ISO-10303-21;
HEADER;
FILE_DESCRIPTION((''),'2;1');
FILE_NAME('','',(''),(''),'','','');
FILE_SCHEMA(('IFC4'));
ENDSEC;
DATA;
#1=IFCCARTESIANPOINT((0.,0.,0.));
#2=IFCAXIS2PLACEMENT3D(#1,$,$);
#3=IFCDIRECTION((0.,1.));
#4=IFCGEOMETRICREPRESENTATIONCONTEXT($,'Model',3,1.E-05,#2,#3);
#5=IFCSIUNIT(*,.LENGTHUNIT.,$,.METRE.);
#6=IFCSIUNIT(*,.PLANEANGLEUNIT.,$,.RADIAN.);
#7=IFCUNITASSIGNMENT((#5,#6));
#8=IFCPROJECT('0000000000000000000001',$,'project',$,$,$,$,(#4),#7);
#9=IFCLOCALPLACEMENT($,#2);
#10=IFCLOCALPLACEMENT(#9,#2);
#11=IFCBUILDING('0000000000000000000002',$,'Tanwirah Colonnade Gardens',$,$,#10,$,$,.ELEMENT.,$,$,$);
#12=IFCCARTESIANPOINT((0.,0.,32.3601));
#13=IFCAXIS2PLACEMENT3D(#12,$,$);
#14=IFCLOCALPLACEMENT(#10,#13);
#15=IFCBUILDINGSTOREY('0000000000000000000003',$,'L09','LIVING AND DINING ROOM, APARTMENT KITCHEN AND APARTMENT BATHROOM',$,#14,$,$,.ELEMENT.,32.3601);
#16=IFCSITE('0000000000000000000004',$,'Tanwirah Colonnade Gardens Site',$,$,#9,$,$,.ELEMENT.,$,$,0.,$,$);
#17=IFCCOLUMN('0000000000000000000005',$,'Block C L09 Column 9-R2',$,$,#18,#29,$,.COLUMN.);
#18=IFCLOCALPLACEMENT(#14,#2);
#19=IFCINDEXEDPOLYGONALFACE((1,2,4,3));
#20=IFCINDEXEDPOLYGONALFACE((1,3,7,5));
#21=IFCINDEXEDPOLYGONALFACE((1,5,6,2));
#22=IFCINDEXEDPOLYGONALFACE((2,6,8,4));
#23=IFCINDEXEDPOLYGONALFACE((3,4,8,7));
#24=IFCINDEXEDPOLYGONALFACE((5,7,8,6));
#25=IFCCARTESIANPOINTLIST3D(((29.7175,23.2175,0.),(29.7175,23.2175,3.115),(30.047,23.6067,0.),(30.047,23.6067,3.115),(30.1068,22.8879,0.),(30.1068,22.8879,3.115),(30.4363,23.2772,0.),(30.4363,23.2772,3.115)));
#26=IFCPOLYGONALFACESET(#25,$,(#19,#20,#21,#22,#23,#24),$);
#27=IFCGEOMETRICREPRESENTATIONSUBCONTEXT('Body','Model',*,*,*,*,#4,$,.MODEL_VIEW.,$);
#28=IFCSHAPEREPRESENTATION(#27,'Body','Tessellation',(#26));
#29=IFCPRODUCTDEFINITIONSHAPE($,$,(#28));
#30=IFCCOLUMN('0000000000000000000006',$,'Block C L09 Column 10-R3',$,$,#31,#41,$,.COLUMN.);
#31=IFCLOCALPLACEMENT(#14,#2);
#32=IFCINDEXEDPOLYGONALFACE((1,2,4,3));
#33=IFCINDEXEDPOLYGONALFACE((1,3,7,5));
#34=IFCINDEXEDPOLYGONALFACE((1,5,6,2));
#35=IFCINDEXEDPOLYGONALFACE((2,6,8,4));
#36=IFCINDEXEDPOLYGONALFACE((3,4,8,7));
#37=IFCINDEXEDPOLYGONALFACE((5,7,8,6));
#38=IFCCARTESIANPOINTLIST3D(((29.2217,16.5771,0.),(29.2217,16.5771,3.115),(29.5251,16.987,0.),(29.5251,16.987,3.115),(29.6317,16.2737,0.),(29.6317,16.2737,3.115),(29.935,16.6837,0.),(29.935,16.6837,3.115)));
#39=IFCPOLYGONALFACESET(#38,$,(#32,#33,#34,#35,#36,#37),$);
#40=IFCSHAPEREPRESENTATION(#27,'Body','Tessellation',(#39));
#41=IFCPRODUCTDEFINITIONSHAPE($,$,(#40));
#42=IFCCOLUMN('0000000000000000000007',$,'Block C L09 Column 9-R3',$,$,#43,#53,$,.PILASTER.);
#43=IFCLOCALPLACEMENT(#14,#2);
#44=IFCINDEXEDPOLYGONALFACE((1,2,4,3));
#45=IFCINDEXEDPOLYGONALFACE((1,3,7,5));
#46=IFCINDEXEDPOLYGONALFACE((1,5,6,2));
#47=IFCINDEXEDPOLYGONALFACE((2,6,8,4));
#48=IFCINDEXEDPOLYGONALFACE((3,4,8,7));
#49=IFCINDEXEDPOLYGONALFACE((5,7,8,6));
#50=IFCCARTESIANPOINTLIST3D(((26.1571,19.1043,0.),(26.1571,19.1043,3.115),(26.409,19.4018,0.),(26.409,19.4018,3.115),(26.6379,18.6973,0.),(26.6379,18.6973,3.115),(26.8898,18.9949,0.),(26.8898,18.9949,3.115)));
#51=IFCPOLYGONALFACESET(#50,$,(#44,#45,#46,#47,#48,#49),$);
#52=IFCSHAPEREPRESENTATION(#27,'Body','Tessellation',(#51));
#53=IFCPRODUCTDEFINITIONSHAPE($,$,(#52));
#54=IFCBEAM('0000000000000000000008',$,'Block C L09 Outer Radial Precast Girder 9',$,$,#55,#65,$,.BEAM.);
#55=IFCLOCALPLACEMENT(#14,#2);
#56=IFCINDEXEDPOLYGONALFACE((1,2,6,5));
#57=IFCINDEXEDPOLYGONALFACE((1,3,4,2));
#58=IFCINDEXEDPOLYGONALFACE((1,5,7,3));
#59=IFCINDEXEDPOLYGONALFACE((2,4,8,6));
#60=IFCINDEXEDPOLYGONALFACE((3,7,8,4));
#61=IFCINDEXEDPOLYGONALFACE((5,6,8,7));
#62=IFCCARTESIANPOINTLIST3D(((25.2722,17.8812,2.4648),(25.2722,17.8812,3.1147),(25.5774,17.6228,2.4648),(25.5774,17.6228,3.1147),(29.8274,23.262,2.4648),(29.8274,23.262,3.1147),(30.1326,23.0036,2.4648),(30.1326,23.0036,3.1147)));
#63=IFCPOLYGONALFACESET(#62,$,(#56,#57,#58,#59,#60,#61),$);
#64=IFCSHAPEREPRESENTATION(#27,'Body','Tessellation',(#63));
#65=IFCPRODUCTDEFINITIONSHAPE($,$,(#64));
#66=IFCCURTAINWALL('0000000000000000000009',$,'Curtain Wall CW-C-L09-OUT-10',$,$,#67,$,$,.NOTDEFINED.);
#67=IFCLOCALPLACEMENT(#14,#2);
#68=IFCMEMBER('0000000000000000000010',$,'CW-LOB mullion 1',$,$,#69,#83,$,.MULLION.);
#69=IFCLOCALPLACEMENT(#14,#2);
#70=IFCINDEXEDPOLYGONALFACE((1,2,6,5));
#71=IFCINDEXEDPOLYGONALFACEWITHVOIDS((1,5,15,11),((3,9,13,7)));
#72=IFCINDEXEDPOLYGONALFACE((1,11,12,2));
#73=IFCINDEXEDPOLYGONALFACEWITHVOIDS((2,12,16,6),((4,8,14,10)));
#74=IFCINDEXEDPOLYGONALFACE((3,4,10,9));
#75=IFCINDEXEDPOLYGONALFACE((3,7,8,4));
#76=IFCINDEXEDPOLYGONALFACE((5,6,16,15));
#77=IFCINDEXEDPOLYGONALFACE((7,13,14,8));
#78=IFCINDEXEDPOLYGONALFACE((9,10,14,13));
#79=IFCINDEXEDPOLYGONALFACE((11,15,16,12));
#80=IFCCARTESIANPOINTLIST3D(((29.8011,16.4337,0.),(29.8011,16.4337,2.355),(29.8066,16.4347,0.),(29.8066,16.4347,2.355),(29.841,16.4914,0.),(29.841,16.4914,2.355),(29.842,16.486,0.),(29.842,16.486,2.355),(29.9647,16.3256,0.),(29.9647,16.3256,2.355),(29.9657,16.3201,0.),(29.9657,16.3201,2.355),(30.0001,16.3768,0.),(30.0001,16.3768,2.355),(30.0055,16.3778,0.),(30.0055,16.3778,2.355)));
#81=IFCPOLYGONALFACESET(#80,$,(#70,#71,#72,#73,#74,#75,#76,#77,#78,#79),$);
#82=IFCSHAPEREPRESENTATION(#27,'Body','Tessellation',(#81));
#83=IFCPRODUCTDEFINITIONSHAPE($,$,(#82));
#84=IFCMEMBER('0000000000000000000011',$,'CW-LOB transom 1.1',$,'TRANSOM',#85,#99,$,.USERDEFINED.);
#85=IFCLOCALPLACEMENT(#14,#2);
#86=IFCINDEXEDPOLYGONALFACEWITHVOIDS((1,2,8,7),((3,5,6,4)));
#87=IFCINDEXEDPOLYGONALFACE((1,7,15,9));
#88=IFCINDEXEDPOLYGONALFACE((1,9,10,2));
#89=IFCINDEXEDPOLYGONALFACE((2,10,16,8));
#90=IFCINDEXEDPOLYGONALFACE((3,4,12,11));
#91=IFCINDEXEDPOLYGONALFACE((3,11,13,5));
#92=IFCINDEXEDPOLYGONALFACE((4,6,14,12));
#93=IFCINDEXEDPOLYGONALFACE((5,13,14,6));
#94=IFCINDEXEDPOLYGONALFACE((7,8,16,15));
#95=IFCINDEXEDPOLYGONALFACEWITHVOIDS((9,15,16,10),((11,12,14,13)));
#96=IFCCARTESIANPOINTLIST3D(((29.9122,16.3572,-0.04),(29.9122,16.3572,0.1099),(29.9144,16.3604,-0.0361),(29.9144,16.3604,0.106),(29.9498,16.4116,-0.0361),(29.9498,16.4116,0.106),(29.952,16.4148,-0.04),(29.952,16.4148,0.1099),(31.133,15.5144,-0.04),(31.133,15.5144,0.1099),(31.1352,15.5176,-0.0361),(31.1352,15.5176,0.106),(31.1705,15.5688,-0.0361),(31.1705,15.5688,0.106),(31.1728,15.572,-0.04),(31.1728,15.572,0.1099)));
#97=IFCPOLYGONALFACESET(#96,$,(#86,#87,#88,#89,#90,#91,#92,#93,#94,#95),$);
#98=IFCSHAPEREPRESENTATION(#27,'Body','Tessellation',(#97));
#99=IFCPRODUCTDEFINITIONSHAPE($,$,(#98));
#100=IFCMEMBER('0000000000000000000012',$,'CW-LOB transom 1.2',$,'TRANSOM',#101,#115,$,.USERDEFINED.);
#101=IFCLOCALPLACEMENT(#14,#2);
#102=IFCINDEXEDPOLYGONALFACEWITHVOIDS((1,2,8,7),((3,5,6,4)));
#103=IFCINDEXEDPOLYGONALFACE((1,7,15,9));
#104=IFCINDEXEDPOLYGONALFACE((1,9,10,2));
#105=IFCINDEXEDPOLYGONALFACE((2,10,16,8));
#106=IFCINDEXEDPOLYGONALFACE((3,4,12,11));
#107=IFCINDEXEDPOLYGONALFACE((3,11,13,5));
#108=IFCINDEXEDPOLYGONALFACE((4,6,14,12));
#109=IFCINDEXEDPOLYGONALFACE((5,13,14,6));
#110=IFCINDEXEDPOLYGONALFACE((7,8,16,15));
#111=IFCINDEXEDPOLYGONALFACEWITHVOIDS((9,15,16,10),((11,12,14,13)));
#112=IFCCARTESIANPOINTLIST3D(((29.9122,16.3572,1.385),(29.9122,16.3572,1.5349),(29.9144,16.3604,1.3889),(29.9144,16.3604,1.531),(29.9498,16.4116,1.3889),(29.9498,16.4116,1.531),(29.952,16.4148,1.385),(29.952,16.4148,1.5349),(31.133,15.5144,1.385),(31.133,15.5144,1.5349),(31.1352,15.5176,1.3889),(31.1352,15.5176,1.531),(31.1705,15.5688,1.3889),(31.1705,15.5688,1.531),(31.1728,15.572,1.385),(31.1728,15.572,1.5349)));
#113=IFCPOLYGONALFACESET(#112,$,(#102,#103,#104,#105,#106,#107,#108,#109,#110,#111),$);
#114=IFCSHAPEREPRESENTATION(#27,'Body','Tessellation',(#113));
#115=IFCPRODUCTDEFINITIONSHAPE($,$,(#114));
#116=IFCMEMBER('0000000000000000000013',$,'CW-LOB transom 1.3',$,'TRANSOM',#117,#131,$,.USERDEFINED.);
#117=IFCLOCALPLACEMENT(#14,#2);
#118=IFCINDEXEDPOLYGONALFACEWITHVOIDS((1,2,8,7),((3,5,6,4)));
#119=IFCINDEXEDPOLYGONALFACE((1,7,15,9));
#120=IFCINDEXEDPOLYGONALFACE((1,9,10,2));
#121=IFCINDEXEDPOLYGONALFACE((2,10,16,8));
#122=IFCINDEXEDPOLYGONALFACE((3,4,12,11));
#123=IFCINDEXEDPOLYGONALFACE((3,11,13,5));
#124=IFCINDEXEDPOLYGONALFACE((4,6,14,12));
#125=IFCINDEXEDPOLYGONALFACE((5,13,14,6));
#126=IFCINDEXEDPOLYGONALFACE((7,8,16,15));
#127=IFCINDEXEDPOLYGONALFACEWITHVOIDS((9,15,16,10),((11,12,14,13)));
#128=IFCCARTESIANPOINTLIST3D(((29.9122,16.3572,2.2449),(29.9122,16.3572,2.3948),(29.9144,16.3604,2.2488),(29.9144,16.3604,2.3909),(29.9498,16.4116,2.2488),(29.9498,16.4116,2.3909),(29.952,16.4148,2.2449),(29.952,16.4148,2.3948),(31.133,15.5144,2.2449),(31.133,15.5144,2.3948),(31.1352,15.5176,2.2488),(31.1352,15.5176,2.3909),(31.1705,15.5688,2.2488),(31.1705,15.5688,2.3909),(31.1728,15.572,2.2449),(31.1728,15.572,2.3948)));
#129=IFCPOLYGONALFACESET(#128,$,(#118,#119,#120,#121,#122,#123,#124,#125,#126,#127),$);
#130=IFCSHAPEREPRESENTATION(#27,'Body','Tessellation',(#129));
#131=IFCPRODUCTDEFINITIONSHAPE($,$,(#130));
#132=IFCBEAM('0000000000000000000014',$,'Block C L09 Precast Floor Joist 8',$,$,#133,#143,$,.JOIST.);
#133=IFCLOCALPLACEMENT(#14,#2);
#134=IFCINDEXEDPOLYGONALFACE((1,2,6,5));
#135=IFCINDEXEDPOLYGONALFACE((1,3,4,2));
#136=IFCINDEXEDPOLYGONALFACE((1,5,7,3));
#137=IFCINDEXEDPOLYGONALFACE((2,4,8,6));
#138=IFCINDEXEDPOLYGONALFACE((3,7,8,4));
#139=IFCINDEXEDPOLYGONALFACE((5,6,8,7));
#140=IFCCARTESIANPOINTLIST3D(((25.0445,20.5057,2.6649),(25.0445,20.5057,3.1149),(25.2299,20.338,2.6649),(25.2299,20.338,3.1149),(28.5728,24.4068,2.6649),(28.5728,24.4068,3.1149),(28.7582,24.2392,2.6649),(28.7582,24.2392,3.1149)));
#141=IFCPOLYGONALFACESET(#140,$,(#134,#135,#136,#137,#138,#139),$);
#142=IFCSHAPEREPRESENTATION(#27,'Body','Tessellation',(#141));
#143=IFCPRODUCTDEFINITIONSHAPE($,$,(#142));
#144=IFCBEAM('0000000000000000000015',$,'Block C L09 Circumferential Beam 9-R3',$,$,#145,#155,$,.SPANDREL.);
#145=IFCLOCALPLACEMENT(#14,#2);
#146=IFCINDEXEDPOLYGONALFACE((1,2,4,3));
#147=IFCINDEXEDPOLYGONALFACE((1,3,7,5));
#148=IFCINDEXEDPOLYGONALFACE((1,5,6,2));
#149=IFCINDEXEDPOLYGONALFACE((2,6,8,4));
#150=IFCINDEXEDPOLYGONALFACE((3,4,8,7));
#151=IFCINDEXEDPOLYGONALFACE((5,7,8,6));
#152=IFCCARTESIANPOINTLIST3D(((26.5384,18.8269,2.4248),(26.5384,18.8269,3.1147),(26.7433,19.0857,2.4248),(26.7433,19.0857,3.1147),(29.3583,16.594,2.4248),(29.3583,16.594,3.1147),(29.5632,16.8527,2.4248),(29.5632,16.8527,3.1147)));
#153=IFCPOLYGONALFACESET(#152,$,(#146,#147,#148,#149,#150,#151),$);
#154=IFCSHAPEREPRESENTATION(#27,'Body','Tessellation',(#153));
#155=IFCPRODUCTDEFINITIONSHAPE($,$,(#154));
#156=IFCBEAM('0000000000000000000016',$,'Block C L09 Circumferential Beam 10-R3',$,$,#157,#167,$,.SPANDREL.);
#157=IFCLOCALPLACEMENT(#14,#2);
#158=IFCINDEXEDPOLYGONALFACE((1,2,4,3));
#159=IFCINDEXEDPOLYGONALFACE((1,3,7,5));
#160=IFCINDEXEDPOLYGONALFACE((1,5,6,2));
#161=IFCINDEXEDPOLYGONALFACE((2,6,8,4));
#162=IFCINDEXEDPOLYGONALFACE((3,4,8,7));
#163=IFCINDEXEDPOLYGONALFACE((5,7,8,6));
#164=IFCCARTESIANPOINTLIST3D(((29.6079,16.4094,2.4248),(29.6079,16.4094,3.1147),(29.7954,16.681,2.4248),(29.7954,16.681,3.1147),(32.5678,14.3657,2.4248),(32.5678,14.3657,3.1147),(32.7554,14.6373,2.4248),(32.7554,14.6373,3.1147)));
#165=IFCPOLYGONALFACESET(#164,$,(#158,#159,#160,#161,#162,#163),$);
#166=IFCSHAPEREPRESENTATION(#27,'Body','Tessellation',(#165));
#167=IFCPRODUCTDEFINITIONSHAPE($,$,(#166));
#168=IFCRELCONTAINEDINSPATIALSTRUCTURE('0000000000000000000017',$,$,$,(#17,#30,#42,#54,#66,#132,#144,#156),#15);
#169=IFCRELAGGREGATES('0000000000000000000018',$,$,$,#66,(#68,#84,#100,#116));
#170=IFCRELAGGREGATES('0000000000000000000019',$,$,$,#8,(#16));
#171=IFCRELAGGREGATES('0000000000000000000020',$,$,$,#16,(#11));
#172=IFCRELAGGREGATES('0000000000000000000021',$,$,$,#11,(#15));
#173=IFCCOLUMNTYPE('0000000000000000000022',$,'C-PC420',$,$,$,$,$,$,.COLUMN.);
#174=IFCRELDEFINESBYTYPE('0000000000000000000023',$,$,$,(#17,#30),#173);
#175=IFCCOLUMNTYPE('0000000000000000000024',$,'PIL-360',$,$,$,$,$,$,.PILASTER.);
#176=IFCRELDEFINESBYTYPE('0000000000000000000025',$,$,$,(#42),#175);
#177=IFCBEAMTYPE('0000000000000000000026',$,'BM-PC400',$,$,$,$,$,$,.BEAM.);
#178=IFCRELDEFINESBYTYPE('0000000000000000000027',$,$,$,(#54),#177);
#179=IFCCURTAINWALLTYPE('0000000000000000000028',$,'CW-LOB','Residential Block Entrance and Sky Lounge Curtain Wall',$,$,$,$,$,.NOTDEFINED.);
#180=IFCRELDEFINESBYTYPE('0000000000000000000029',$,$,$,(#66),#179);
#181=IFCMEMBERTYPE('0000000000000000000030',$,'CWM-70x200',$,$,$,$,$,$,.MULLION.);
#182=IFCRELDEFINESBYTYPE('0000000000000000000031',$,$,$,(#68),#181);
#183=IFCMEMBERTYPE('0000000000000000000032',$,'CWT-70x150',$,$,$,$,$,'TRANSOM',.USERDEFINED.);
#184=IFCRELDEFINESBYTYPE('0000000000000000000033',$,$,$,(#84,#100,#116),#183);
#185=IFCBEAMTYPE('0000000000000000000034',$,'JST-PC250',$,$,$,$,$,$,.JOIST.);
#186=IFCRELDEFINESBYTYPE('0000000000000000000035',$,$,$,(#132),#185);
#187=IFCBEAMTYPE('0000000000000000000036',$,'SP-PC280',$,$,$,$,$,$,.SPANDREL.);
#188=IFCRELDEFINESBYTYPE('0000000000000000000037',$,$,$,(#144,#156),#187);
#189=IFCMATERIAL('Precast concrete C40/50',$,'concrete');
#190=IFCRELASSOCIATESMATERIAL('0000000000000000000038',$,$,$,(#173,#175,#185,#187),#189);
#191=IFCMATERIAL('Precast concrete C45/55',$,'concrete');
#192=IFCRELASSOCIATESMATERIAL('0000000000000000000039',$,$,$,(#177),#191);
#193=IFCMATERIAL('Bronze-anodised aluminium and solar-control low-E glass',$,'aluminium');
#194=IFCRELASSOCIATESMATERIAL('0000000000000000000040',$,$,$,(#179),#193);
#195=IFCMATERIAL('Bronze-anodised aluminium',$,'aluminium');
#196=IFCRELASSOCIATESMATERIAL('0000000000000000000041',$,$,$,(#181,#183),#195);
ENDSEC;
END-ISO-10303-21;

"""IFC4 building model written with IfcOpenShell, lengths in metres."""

from ifc_helpers import new_model, si_unit, direction, frame, origin, origin_2d, place, context, subcontext, project, spatial, rectangle, hollow_rectangle, extrude, material, material_profile, profile_set, type_object, element, aggregate, save


model = new_model("IFC4")

# Units and contexts
model_context = context("Model", 3, precision=1e-05, world=origin(), true_north=direction((0.0, 1.0)))
body_context = subcontext(model_context, "Body", "Model", "MODEL_VIEW")
ifc_project = project(units=[si_unit("LENGTHUNIT", "METRE"), si_unit("PLANEANGLEUNIT", "RADIAN")], contexts=[model_context])

# Site, building, storey
site_placement = place(None, origin())
site = spatial("IfcSite", under=ifc_project, at=site_placement, Name="Tanwirah Colonnade Gardens Site", CompositionType="ELEMENT", RefElevation=0.0)
building_placement = place(site_placement, origin())
building = spatial("IfcBuilding", under=site, at=building_placement, Name="Tanwirah Colonnade Gardens", CompositionType="ELEMENT")
storey_placement = place(building_placement, frame((0.0, 0.0, 32.3601)))
storey = spatial("IfcBuildingStorey", under=building, at=storey_placement, Name="L09", Description="LIVING AND DINING ROOM, APARTMENT KITCHEN AND APARTMENT BATHROOM", CompositionType="ELEMENT", Elevation=32.3601)

# Columns
ifc_material_1 = material(Name="Precast concrete C40/50", Category="concrete")
ifc_material_profile_1 = material_profile(ifc_material_1, rectangle(XDim=0.51, YDim=0.51, at=origin_2d()), Name="PC-COL 510x510")
ifc_profile_set_1 = profile_set([ifc_material_profile_1], Name="Precast concrete C40/50")
column_type_1 = type_object("IfcColumnType", Name="C-PC420", PredefinedType="COLUMN", material=ifc_profile_set_1)
for number, where, z_axis, x_axis, name in (
    (1, (30.0769, 23.2473, 0.0), (0.0, 0.0, 1.0), (-0.646124, -0.763232, 0.0), "Block C L09 Column 9-R2"),
    (2, (29.5784, 16.6304, 0.0), (0.0, 0.0, 1.0), (-0.594823, -0.803857, 0.0), "Block C L09 Column 10-R3"),
):
    element("IfcColumn", number, at=place(storey_placement, frame(where, z_axis=z_axis, x_axis=x_axis)), inside=storey, type_object=column_type_1, Name=name, PredefinedType="COLUMN", context=body_context, shape_type="SweptSolid", body=[
        extrude(rectangle(XDim=0.51, YDim=0.51, at=origin_2d()), origin(), (0.0, 0.0, 1.0), 3.115),
    ])
ifc_material_profile_2 = material_profile(ifc_material_1, rectangle(XDim=0.3899, YDim=0.6299, at=origin_2d()), Name="PC-PIL 390x630")
ifc_profile_set_2 = profile_set([ifc_material_profile_2], Name="Precast concrete C40/50")
column_type_2 = type_object("IfcColumnType", Name="PIL-360", PredefinedType="PILASTER", material=ifc_profile_set_2)
column_placement = place(storey_placement, frame((26.5234, 19.0496, 0.0), z_axis=(0.0, 0.0, 1.0), x_axis=(-0.646124, -0.763232, 0.0)))
element("IfcColumn", 3, at=column_placement, inside=storey, type_object=column_type_2, Name="Block C L09 Column 9-R3", PredefinedType="PILASTER", context=body_context, shape_type="SweptSolid", body=[
    extrude(rectangle(XDim=0.3899, YDim=0.6299, at=origin_2d()), origin(), (0.0, 0.0, 1.0), 3.115),
])

# Beam
ifc_material_2 = material(Name="Precast concrete C45/55", Category="concrete")
ifc_material_profile_3 = material_profile(ifc_material_2, rectangle(XDim=0.3999, YDim=0.6499, at=origin_2d()), Name="PC-BM 400x650")
ifc_profile_set_3 = profile_set([ifc_material_profile_3], Name="Precast concrete C45/55")
beam_type_1 = type_object("IfcBeamType", Name="BM-PC400", PredefinedType="BEAM", material=ifc_profile_set_3)
beam_1_placement = place(storey_placement, frame((29.98, 23.1328, 2.7898), z_axis=(-0.646119, -0.763237, 0.0), x_axis=(0.763237, -0.646119, 0.0)))
element("IfcBeam", 4, at=beam_1_placement, inside=storey, type_object=beam_type_1, Name="Block C L09 Outer Radial Precast Girder 9", PredefinedType="BEAM", context=body_context, shape_type="SweptSolid", body=[
    extrude(rectangle(XDim=0.3999, YDim=0.6499, at=origin_2d()), origin(), (0.0, 0.0, 1.0), 7.05),
])

# Curtain wall, members
ifc_material_3 = material(Name="Bronze-anodised aluminium and solar-control low-E glass", Category="aluminium")
curtain_wall_type = type_object("IfcCurtainWallType", Name="CW-LOB", Description="Residential Block Entrance and Sky Lounge Curtain Wall", PredefinedType="NOTDEFINED", material=ifc_material_3)
curtain_wall_placement = place(storey_placement, origin())
curtain_wall = element("IfcCurtainWall", 5, at=curtain_wall_placement, inside=storey, type_object=curtain_wall_type, Name="Curtain Wall CW-C-L09-OUT-10", PredefinedType="NOTDEFINED")
ifc_material_4 = material(Name="Bronze-anodised aluminium", Category="aluminium")
ifc_material_profile_4 = material_profile(ifc_material_4, hollow_rectangle(XDim=0.0701, YDim=0.2, WallThickness=0.0039, at=origin_2d()), Name="CW-MUL 70x200x4")
ifc_profile_set_4 = profile_set([ifc_material_profile_4], Name="Bronze-anodised aluminium")
member_type_1 = type_object("IfcMemberType", Name="CWM-70x200", PredefinedType="MULLION", material=ifc_profile_set_4)
member_1_placement = place(storey_placement, frame((29.9033, 16.4058, 0.0), z_axis=(0.0, 0.0, 1.0), x_axis=(0.568202, 0.822889, 0.0)))
member_1 = element("IfcMember", 6, at=member_1_placement, type_object=member_type_1, Name="CW-LOB mullion 1", PredefinedType="MULLION", context=body_context, shape_type="SweptSolid", body=[
    extrude(hollow_rectangle(XDim=0.0701, YDim=0.2, WallThickness=0.0039, at=origin_2d()), origin(), (0.0, 0.0, 1.0), 2.355),
])
ifc_material_profile_5 = material_profile(ifc_material_4, hollow_rectangle(XDim=0.0701, YDim=0.1499, WallThickness=0.0039, at=origin_2d()), Name="CW-TRN 70x150x4")
ifc_profile_set_5 = profile_set([ifc_material_profile_5], Name="Bronze-anodised aluminium")
member_type_2 = type_object("IfcMemberType", Name="CWT-70x150", ElementType="TRANSOM", PredefinedType="USERDEFINED", material=ifc_profile_set_5)
member_2_placement = place(storey_placement, frame((29.9321, 16.386, 0.0349), z_axis=(0.822926, -0.568148, 0.0), x_axis=(0.568148, 0.822926, 0.0)))
member_2 = element("IfcMember", 7, at=member_2_placement, type_object=member_type_2, Name="CW-LOB transom 1.1", ObjectType="TRANSOM", PredefinedType="USERDEFINED", context=body_context, shape_type="SweptSolid", body=[
    extrude(hollow_rectangle(XDim=0.0701, YDim=0.1499, WallThickness=0.0039, at=origin_2d()), origin(), (0.0, 0.0, 1.0), 1.4834),
])
member_3_placement = place(storey_placement, frame((29.9321, 16.386, 1.46), z_axis=(0.822926, -0.568148, 0.0), x_axis=(0.568148, 0.822926, 0.0)))
member_3 = element("IfcMember", 8, at=member_3_placement, type_object=member_type_2, Name="CW-LOB transom 1.2", ObjectType="TRANSOM", PredefinedType="USERDEFINED", context=body_context, shape_type="SweptSolid", body=[
    extrude(hollow_rectangle(XDim=0.0701, YDim=0.1499, WallThickness=0.0039, at=origin_2d()), origin(), (0.0, 0.0, 1.0), 1.4834),
])
member_4_placement = place(storey_placement, frame((29.9321, 16.386, 2.3198), z_axis=(0.822926, -0.568148, 0.0), x_axis=(0.568148, 0.822926, 0.0)))
member_4 = element("IfcMember", 9, at=member_4_placement, type_object=member_type_2, Name="CW-LOB transom 1.3", ObjectType="TRANSOM", PredefinedType="USERDEFINED", context=body_context, shape_type="SweptSolid", body=[
    extrude(hollow_rectangle(XDim=0.0701, YDim=0.1499, WallThickness=0.0039, at=origin_2d()), origin(), (0.0, 0.0, 1.0), 1.4834),
])
aggregate(curtain_wall, [member_1, member_2, member_3, member_4])

# Beams
ifc_material_profile_6 = material_profile(ifc_material_1, rectangle(XDim=0.25, YDim=0.45, at=origin_2d()), Name="PC-JST 250x450")
ifc_profile_set_6 = profile_set([ifc_material_profile_6], Name="Precast concrete C40/50")
beam_type_2 = type_object("IfcBeamType", Name="JST-PC250", PredefinedType="JOIST", material=ifc_profile_set_6)
beam_2_placement = place(storey_placement, frame((28.6655, 24.323, 2.8899), z_axis=(-0.670781, -0.741656, 0.0), x_axis=(0.741656, -0.670781, 0.0)))
element("IfcBeam", 10, at=beam_2_placement, inside=storey, type_object=beam_type_2, Name="Block C L09 Precast Floor Joist 8", PredefinedType="JOIST", context=body_context, shape_type="SweptSolid", body=[
    extrude(rectangle(XDim=0.25, YDim=0.45, at=origin_2d()), origin(), (0.0, 0.0, 1.0), 5.26),
])
ifc_material_profile_7 = material_profile(ifc_material_1, rectangle(XDim=0.3301, YDim=0.6899, at=origin_2d()), Name="PC-SP 330x690")
ifc_profile_set_7 = profile_set([ifc_material_profile_7], Name="Precast concrete C40/50")
beam_type_3 = type_object("IfcBeamType", Name="SP-PC280", PredefinedType="SPANDREL", material=ifc_profile_set_7)
for number, where, z_axis, x_axis, name in (
    (11, (26.6409, 18.9563, 2.7698), (0.783971, -0.620797, 0.0), (0.620797, 0.783971, 0.0), "Block C L09 Circumferential Beam 9-R3"),
    (12, (29.7017, 16.5452, 2.7698), (0.822907, -0.568175, 0.0), (0.568175, 0.822907, 0.0), "Block C L09 Circumferential Beam 10-R3"),
):
    element("IfcBeam", number, at=place(storey_placement, frame(where, z_axis=z_axis, x_axis=x_axis)), inside=storey, type_object=beam_type_3, Name=name, PredefinedType="SPANDREL", context=body_context, shape_type="SweptSolid", body=[
        extrude(rectangle(XDim=0.3301, YDim=0.6899, at=origin_2d()), origin(), (0.0, 0.0, 1.0), 3.5969),
    ])

save(model, "model.ifc")
